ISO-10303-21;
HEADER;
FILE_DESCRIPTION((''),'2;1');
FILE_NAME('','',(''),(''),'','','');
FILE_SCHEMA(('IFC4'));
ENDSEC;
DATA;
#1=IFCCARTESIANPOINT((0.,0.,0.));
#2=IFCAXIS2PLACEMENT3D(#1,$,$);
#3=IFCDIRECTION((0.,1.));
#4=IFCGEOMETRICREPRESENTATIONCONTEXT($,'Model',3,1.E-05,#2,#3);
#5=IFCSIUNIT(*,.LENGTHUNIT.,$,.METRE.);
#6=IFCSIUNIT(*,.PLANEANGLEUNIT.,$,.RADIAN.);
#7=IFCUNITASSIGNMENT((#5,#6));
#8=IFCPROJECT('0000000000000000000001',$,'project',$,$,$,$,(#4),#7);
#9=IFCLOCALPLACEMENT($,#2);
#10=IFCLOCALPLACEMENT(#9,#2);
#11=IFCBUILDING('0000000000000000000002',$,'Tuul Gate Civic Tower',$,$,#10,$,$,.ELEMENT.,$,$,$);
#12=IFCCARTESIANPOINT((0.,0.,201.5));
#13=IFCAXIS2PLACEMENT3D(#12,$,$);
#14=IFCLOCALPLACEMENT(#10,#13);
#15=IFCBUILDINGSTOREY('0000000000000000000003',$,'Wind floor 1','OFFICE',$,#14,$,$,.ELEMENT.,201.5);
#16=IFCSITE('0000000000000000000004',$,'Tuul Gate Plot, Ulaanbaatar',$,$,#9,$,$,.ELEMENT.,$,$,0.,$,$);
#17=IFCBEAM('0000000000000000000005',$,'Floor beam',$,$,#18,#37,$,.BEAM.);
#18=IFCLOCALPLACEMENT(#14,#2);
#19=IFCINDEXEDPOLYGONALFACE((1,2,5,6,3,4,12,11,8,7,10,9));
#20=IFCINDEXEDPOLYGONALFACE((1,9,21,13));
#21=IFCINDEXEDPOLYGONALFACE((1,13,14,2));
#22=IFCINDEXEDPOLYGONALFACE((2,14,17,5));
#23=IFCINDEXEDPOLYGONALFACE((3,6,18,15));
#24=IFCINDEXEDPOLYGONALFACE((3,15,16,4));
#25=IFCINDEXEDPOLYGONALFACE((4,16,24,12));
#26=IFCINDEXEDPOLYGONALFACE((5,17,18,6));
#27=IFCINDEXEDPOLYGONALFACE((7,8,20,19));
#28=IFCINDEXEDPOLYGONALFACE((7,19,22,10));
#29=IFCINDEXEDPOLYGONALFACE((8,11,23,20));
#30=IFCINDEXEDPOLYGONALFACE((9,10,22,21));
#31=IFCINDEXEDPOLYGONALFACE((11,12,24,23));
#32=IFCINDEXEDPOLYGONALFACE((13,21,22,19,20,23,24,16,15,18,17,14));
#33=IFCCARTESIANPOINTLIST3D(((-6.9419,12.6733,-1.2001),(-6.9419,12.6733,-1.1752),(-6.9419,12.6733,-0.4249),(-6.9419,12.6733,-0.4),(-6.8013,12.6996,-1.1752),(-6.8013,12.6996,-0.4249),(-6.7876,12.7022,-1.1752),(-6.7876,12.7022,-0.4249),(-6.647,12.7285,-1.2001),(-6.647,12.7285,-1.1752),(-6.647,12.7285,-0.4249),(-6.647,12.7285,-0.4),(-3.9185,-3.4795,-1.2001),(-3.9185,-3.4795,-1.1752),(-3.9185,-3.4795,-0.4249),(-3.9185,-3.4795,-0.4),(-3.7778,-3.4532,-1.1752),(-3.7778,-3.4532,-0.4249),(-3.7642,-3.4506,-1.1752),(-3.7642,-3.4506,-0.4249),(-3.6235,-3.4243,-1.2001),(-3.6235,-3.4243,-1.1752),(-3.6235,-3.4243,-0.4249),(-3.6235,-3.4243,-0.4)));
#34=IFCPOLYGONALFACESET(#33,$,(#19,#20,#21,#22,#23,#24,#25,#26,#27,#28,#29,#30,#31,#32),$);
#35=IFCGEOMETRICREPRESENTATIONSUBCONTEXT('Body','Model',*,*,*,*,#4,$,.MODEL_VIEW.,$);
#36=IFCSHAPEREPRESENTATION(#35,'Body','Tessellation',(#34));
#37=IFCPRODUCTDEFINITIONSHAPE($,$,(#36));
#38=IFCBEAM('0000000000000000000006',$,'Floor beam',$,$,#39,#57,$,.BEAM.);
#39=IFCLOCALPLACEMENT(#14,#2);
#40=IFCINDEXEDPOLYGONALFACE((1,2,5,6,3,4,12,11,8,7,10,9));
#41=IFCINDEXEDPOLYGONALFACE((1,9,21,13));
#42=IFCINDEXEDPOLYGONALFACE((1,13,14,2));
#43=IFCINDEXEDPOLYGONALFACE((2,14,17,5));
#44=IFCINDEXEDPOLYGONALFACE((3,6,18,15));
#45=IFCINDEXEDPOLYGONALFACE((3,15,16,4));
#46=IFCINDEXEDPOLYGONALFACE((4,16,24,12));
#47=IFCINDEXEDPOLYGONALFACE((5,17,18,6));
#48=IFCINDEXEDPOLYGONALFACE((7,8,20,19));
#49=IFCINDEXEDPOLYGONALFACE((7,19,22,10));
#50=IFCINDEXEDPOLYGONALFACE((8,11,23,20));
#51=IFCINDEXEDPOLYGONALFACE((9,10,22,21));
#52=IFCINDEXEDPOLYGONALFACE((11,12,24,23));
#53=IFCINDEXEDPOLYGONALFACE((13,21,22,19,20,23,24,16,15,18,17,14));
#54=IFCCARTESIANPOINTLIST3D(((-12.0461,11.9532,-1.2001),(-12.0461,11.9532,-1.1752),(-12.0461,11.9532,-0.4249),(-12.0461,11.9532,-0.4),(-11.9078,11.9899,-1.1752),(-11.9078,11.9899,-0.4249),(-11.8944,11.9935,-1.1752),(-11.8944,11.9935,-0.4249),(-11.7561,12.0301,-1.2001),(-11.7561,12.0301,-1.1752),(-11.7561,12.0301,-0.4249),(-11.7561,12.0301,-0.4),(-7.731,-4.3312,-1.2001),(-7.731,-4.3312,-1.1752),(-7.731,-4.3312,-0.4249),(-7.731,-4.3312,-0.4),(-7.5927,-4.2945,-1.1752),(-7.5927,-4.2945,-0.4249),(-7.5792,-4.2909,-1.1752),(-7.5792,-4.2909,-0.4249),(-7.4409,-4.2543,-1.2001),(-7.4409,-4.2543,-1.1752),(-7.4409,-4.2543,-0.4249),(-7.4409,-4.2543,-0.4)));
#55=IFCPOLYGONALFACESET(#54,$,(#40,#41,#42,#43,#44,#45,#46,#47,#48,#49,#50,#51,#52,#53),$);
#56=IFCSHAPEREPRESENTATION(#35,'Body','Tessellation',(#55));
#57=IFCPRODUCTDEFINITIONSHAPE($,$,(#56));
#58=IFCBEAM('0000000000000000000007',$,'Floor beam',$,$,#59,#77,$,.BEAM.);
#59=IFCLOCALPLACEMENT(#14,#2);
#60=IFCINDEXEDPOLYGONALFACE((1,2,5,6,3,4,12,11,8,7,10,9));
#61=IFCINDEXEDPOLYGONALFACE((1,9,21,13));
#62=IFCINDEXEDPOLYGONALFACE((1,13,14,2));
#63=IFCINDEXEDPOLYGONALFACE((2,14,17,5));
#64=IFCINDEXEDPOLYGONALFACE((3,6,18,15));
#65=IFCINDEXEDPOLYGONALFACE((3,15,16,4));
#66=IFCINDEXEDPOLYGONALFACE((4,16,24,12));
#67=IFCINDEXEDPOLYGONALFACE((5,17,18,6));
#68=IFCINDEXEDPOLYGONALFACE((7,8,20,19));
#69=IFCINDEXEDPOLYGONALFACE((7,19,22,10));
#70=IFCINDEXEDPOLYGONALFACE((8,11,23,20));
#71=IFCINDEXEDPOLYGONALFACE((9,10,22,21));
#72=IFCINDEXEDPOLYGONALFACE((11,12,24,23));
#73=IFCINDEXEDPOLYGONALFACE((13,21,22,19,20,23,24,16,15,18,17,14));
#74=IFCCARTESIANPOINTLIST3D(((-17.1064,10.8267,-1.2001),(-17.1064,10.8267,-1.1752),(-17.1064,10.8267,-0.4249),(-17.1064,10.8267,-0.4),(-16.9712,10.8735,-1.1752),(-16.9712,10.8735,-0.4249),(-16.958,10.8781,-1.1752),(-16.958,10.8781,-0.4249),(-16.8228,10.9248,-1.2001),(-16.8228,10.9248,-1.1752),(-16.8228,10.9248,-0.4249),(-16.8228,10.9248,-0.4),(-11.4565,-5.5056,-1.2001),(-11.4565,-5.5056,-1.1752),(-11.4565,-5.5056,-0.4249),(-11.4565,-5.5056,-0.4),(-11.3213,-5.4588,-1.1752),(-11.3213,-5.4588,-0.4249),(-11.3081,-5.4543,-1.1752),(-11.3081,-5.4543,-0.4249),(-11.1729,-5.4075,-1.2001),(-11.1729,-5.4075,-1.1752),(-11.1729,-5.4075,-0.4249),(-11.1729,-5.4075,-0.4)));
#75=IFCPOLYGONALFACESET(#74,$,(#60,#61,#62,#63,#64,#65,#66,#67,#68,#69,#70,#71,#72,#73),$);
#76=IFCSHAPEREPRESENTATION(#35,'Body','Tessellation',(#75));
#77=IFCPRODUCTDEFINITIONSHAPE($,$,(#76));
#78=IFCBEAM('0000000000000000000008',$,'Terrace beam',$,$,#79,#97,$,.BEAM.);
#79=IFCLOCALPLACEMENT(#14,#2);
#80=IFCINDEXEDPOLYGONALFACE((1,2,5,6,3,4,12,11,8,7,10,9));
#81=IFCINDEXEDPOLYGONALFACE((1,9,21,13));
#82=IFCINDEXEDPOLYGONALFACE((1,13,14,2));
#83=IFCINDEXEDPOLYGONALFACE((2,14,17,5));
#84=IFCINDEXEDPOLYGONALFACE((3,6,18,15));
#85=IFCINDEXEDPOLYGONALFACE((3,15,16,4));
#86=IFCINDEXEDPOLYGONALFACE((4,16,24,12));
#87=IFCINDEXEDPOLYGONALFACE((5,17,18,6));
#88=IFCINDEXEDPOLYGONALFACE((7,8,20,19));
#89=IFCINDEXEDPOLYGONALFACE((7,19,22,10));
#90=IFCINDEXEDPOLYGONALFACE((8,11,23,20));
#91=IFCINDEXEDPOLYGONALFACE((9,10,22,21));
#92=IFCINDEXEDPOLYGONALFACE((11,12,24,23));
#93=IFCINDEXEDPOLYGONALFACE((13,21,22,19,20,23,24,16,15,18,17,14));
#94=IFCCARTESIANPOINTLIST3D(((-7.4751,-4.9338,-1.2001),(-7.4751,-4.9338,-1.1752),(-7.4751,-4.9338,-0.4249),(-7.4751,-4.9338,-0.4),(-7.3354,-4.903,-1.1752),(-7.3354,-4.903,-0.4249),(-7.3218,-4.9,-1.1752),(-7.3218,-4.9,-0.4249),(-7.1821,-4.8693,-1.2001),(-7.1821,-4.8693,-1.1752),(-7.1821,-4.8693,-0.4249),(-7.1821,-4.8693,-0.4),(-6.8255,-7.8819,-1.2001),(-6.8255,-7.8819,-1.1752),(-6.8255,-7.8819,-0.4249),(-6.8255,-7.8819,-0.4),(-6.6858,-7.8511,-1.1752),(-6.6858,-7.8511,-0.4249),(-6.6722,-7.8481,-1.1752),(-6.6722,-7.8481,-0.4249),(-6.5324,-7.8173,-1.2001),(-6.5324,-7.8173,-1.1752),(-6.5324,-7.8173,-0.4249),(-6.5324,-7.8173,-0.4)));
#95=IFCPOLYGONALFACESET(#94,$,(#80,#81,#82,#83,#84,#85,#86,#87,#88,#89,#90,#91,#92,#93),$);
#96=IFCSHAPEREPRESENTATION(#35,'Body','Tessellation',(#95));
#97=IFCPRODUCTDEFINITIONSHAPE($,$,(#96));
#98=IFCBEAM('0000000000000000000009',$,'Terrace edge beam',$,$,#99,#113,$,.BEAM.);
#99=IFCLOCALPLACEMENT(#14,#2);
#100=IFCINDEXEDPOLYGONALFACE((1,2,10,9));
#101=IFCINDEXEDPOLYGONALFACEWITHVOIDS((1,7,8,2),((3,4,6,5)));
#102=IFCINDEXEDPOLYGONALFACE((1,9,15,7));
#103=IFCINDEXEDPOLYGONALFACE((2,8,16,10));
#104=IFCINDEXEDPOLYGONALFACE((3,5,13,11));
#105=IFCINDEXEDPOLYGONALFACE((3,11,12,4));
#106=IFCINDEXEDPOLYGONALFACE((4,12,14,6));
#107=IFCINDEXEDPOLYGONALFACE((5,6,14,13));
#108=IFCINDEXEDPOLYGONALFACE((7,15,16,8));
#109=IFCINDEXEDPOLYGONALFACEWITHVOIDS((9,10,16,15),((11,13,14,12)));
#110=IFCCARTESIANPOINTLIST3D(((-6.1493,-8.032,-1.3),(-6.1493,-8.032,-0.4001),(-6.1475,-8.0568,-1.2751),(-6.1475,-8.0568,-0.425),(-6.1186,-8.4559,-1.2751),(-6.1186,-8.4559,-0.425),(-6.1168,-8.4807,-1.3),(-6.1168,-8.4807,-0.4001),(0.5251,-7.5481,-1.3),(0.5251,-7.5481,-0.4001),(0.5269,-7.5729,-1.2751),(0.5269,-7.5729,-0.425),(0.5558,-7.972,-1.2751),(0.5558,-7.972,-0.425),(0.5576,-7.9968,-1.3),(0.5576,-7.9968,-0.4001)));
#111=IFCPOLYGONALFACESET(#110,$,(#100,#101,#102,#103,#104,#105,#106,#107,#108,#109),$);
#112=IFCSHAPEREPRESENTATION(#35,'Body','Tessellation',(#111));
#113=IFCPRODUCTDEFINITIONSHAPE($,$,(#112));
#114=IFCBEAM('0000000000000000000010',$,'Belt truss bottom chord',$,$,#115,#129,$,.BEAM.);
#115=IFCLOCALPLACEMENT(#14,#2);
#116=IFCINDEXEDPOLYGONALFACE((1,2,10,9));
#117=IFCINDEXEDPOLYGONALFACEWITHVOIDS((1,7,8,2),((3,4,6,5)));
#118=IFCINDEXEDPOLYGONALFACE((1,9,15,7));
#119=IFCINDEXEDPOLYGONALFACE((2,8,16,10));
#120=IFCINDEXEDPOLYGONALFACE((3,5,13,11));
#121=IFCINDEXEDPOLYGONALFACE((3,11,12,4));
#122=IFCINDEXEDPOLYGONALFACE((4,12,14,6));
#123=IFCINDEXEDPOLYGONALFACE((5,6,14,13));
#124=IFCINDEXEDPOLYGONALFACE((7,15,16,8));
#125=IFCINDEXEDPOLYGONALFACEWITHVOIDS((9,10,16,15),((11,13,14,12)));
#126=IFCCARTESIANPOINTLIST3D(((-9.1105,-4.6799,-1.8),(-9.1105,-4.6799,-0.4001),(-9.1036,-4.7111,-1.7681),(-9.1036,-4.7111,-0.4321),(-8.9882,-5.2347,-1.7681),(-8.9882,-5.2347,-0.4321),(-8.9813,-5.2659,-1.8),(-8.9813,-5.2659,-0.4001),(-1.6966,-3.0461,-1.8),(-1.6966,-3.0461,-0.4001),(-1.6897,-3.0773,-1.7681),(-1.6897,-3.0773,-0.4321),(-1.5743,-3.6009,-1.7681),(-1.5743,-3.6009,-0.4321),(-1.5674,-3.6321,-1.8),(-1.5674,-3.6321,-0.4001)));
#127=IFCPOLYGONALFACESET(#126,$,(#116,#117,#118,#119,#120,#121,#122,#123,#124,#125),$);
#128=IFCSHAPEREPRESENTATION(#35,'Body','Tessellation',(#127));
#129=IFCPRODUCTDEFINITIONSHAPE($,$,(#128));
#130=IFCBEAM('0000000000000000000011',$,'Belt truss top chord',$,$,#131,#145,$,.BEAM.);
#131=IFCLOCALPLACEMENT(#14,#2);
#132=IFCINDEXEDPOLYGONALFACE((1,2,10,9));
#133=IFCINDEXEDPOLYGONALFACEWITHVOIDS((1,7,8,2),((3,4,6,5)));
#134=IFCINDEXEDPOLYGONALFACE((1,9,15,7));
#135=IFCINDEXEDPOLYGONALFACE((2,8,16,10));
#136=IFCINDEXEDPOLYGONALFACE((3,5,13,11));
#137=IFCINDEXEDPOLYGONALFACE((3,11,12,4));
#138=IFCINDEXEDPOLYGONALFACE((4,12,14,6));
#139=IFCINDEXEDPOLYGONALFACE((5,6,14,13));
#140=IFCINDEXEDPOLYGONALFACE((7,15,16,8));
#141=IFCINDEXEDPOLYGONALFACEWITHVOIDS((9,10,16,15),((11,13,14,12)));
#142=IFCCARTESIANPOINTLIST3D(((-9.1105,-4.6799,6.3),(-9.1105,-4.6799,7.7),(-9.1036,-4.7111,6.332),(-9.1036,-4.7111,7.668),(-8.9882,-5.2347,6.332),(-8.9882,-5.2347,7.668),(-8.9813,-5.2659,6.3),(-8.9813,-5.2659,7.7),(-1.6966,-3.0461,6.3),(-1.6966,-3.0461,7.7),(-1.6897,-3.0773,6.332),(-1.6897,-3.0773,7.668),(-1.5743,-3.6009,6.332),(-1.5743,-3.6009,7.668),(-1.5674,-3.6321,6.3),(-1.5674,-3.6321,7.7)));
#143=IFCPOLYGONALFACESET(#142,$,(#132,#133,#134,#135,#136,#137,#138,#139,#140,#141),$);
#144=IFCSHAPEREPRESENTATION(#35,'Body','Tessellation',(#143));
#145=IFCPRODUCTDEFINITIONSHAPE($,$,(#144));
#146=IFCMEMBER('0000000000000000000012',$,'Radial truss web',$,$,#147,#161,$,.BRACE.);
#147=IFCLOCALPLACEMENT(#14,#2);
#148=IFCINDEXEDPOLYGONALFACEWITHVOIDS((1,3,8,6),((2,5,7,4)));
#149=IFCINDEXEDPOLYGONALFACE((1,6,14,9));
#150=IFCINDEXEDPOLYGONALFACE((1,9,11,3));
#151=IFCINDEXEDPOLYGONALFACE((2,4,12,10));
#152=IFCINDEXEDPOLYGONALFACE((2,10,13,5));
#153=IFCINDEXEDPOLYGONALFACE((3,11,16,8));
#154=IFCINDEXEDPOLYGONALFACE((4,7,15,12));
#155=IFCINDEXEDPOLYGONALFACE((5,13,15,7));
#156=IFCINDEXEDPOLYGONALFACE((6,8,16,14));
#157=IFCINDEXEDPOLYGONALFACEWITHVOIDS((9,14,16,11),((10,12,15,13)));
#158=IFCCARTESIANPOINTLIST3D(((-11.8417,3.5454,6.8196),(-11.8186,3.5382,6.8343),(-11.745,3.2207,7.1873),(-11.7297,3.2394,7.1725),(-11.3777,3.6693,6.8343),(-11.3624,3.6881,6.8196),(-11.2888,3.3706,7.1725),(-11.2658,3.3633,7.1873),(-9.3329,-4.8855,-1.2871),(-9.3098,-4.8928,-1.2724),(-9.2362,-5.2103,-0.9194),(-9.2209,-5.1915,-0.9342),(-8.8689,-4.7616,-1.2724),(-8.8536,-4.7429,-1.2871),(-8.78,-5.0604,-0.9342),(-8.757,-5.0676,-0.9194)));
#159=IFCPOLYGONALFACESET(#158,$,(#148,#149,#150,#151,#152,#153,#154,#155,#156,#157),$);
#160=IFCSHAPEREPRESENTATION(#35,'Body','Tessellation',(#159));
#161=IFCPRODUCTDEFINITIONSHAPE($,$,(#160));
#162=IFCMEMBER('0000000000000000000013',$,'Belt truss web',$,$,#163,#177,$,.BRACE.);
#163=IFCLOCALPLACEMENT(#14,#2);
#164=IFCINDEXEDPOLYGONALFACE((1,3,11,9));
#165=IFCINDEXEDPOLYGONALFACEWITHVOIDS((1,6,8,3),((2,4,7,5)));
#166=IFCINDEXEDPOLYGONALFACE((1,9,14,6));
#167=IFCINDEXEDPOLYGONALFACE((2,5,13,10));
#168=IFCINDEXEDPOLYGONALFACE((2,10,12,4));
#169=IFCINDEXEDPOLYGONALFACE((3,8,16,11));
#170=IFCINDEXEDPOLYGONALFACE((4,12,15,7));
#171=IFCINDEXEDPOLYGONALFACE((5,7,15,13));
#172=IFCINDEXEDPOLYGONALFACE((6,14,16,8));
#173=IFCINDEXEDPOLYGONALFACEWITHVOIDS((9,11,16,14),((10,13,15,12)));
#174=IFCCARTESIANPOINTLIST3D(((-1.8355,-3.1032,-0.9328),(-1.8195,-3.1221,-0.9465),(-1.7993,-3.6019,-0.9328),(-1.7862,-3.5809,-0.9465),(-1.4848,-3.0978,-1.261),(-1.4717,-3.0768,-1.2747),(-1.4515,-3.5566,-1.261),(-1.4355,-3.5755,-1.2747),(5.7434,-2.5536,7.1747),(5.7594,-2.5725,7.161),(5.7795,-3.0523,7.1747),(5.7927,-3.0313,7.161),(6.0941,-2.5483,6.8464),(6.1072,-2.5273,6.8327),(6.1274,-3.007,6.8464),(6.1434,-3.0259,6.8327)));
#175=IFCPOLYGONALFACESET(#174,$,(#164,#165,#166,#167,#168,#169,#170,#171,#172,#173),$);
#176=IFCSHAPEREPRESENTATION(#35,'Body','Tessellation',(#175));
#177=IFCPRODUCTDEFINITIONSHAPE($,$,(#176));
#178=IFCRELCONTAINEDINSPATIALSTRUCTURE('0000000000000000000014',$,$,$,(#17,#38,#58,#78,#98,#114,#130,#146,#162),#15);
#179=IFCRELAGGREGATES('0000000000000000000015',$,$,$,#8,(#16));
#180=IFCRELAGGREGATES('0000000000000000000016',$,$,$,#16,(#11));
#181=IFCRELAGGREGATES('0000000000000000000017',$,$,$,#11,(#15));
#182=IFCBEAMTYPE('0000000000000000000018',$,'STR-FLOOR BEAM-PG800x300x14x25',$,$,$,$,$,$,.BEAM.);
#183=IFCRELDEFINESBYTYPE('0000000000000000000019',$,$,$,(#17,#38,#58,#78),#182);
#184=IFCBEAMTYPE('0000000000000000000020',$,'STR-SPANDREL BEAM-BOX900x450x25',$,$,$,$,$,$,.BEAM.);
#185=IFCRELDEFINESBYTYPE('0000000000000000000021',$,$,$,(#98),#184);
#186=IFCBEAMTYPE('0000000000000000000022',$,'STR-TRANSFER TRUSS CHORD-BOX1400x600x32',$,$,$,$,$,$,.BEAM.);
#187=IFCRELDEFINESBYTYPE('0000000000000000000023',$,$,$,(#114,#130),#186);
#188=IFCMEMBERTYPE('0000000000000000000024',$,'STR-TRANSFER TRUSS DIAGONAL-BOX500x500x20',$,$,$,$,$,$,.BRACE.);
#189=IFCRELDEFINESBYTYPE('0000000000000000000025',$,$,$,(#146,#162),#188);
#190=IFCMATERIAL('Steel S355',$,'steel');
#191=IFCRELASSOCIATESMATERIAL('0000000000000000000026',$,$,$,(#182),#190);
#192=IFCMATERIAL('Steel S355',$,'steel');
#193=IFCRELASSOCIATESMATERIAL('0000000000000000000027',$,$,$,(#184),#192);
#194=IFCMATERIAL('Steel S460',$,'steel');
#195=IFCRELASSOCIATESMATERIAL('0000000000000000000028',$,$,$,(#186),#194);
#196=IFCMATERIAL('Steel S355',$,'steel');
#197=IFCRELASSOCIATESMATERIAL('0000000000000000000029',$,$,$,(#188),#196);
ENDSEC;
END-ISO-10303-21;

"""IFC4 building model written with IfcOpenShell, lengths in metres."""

from ifc_helpers import new_model, si_unit, direction, frame, origin, origin_2d, place, context, subcontext, project, spatial, hollow_rectangle, i_section, extrude, material, material_profile, profile_set, type_object, element, save


model = new_model("IFC4")

# Units and contexts
model_context = context("Model", 3, precision=1e-05, world=origin(), true_north=direction((0.0, 1.0)))
body_context = subcontext(model_context, "Body", "Model", "MODEL_VIEW")
ifc_project = project(units=[si_unit("LENGTHUNIT", "METRE"), si_unit("PLANEANGLEUNIT", "RADIAN")], contexts=[model_context])

# Site, building, storey
site_placement = place(None, origin())
site = spatial("IfcSite", under=ifc_project, at=site_placement, Name="Tuul Gate Plot, Ulaanbaatar", CompositionType="ELEMENT", RefElevation=0.0)
building_placement = place(site_placement, origin())
building = spatial("IfcBuilding", under=site, at=building_placement, Name="Tuul Gate Civic Tower", CompositionType="ELEMENT")
storey_placement = place(building_placement, frame((0.0, 0.0, 201.5)))
storey = spatial("IfcBuildingStorey", under=building, at=storey_placement, Name="Wind floor 1", Description="OFFICE", CompositionType="ELEMENT", Elevation=201.5)

# Beams
ifc_material_1 = material(Name="Steel S355", Category="steel")
ifc_material_profile_1 = material_profile(ifc_material_1, i_section(OverallWidth=0.3, OverallDepth=0.8, WebThickness=0.0139, FlangeThickness=0.0249, at=origin_2d()), Name="PG800x300x14x25")
ifc_profile_set_1 = profile_set([ifc_material_profile_1], Name="Steel S355")
beam_type_1 = type_object("IfcBeamType", Name="STR-FLOOR BEAM-PG800x300x14x25", PredefinedType="BEAM", material=ifc_profile_set_1)
beam_1_placement = place(storey_placement, frame((-3.771, -3.4519, -0.8), z_axis=(-0.183982, 0.98293, 0.0), x_axis=(-0.98293, -0.183982, 0.0)))
element("IfcBeam", 1, at=beam_1_placement, inside=storey, type_object=beam_type_1, Name="Floor beam", PredefinedType="BEAM", context=body_context, shape_type="SweptSolid", body=[
    extrude(i_section(OverallWidth=0.3, OverallDepth=0.8, WebThickness=0.0139, FlangeThickness=0.0249, at=origin_2d()), origin(), (0.0, 0.0, 1.0), 16.4333),
])
beam_2_placement = place(storey_placement, frame((-7.5859, -4.2927, -0.8), z_axis=(-0.256148, 0.966638, 0.0), x_axis=(-0.966638, -0.256148, 0.0)))
element("IfcBeam", 2, at=beam_2_placement, inside=storey, type_object=beam_type_1, Name="Floor beam", PredefinedType="BEAM", context=body_context, shape_type="SweptSolid", body=[
    extrude(i_section(OverallWidth=0.3, OverallDepth=0.8, WebThickness=0.0139, FlangeThickness=0.0249, at=origin_2d()), origin(), (0.0, 0.0, 1.0), 16.8464),
])
beam_3_placement = place(storey_placement, frame((-11.3147, -5.4565, -0.8), z_axis=(-0.326926, 0.94505, 0.0), x_axis=(-0.94505, -0.326926, 0.0)))
element("IfcBeam", 3, at=beam_3_placement, inside=storey, type_object=beam_type_1, Name="Floor beam", PredefinedType="BEAM", context=body_context, shape_type="SweptSolid", body=[
    extrude(i_section(OverallWidth=0.3, OverallDepth=0.8, WebThickness=0.0139, FlangeThickness=0.0249, at=origin_2d()), origin(), (0.0, 0.0, 1.0), 17.282),
])
beam_4_placement = place(storey_placement, frame((-6.679, -7.8496, -0.8), z_axis=(-0.215209, 0.976568, 0.0), x_axis=(-0.976568, -0.215209, 0.0)))
element("IfcBeam", 4, at=beam_4_placement, inside=storey, type_object=beam_type_1, Name="Terrace beam", PredefinedType="BEAM", context=body_context, shape_type="SweptSolid", body=[
    extrude(i_section(OverallWidth=0.3, OverallDepth=0.8, WebThickness=0.0139, FlangeThickness=0.0249, at=origin_2d()), origin(), (0.0, 0.0, 1.0), 3.0188),
])
ifc_material_2 = material(Name="Steel S355", Category="steel")
ifc_material_profile_2 = material_profile(ifc_material_2, hollow_rectangle(XDim=0.45, YDim=0.8999, WallThickness=0.0249, at=origin_2d()), Name="BOX900x450x25")
ifc_profile_set_2 = profile_set([ifc_material_profile_2], Name="Steel S355")
beam_type_2 = type_object("IfcBeamType", Name="STR-SPANDREL BEAM-BOX900x450x25", PredefinedType="BEAM", material=ifc_profile_set_2)
beam_5_placement = place(storey_placement, frame((-6.1331, -8.2563, -0.8501), z_axis=(0.997382, 0.07231, 0.0), x_axis=(-0.07231, 0.997382, 0.0)))
element("IfcBeam", 5, at=beam_5_placement, inside=storey, type_object=beam_type_2, Name="Terrace edge beam", PredefinedType="BEAM", context=body_context, shape_type="SweptSolid", body=[
    extrude(hollow_rectangle(XDim=0.45, YDim=0.8999, WallThickness=0.0249, at=origin_2d()), origin(), (0.0, 0.0, 1.0), 6.6919),
])
ifc_material_3 = material(Name="Steel S460", Category="steel")
ifc_material_profile_3 = material_profile(ifc_material_3, hollow_rectangle(XDim=0.6001, YDim=1.3999, WallThickness=0.032, at=origin_2d()), Name="BOX1400x600x32")
ifc_profile_set_3 = profile_set([ifc_material_profile_3], Name="Steel S460")
beam_type_3 = type_object("IfcBeamType", Name="STR-TRANSFER TRUSS CHORD-BOX1400x600x32", PredefinedType="BEAM", material=ifc_profile_set_3)
for number, where, z_axis, x_axis, name in (
    (6, (-9.0459, -4.9729, -1.1001), (0.976568, 0.215207, 0.0), (-0.215207, 0.976568, 0.0), "Belt truss bottom chord"),
    (7, (-9.0459, -4.9729, 7.0), (0.976568, 0.215207, 0.0), (-0.215207, 0.976568, 0.0), "Belt truss top chord"),
):
    element("IfcBeam", number, at=place(storey_placement, frame(where, z_axis=z_axis, x_axis=x_axis)), inside=storey, type_object=beam_type_3, Name=name, PredefinedType="BEAM", context=body_context, shape_type="SweptSolid", body=[
        extrude(hollow_rectangle(XDim=0.6001, YDim=1.3999, WallThickness=0.032, at=origin_2d()), origin(), (0.0, 0.0, 1.0), 7.5918),
    ])

# Members
ifc_material_4 = material(Name="Steel S355", Category="steel")
ifc_material_profile_4 = material_profile(ifc_material_4, hollow_rectangle(XDim=0.5, YDim=0.5, WallThickness=0.02, at=origin_2d()), Name="BOX500x500x20")
ifc_profile_set_4 = profile_set([ifc_material_profile_4], Name="Steel S355")
member_type_1 = type_object("IfcMemberType", Name="STR-TRANSFER TRUSS DIAGONAL-BOX500x500x20", PredefinedType="BRACE", material=ifc_profile_set_4)
member_1_placement = place(storey_placement, frame((-9.0449, -4.9766, -1.1033), z_axis=(-0.209728, 0.7048, 0.677696), x_axis=(-0.958465, -0.285211, 0.0)))
element("IfcMember", 8, at=member_1_placement, inside=storey, type_object=member_type_1, Name="Radial truss web", PredefinedType="BRACE", context=body_context, shape_type="SweptSolid", body=[
    extrude(hollow_rectangle(XDim=0.5, YDim=0.5, WallThickness=0.02, at=origin_2d()), origin(), (0.0, 0.0, 1.0), 11.9622),
])
member_2_placement = place(storey_placement, frame((-1.6355, -3.3394, -1.1038), z_axis=(0.682057, 0.049458, 0.729625), x_axis=(-0.072322, 0.997381, 0.0)))
element("IfcMember", 9, at=member_2_placement, inside=storey, type_object=member_type_1, Name="Belt truss web", PredefinedType="BRACE", context=body_context, shape_type="SweptSolid", body=[
    extrude(hollow_rectangle(XDim=0.5, YDim=0.5, WallThickness=0.02, at=origin_2d()), origin(), (0.0, 0.0, 1.0), 11.1118),
])

save(model, "model.ifc")
